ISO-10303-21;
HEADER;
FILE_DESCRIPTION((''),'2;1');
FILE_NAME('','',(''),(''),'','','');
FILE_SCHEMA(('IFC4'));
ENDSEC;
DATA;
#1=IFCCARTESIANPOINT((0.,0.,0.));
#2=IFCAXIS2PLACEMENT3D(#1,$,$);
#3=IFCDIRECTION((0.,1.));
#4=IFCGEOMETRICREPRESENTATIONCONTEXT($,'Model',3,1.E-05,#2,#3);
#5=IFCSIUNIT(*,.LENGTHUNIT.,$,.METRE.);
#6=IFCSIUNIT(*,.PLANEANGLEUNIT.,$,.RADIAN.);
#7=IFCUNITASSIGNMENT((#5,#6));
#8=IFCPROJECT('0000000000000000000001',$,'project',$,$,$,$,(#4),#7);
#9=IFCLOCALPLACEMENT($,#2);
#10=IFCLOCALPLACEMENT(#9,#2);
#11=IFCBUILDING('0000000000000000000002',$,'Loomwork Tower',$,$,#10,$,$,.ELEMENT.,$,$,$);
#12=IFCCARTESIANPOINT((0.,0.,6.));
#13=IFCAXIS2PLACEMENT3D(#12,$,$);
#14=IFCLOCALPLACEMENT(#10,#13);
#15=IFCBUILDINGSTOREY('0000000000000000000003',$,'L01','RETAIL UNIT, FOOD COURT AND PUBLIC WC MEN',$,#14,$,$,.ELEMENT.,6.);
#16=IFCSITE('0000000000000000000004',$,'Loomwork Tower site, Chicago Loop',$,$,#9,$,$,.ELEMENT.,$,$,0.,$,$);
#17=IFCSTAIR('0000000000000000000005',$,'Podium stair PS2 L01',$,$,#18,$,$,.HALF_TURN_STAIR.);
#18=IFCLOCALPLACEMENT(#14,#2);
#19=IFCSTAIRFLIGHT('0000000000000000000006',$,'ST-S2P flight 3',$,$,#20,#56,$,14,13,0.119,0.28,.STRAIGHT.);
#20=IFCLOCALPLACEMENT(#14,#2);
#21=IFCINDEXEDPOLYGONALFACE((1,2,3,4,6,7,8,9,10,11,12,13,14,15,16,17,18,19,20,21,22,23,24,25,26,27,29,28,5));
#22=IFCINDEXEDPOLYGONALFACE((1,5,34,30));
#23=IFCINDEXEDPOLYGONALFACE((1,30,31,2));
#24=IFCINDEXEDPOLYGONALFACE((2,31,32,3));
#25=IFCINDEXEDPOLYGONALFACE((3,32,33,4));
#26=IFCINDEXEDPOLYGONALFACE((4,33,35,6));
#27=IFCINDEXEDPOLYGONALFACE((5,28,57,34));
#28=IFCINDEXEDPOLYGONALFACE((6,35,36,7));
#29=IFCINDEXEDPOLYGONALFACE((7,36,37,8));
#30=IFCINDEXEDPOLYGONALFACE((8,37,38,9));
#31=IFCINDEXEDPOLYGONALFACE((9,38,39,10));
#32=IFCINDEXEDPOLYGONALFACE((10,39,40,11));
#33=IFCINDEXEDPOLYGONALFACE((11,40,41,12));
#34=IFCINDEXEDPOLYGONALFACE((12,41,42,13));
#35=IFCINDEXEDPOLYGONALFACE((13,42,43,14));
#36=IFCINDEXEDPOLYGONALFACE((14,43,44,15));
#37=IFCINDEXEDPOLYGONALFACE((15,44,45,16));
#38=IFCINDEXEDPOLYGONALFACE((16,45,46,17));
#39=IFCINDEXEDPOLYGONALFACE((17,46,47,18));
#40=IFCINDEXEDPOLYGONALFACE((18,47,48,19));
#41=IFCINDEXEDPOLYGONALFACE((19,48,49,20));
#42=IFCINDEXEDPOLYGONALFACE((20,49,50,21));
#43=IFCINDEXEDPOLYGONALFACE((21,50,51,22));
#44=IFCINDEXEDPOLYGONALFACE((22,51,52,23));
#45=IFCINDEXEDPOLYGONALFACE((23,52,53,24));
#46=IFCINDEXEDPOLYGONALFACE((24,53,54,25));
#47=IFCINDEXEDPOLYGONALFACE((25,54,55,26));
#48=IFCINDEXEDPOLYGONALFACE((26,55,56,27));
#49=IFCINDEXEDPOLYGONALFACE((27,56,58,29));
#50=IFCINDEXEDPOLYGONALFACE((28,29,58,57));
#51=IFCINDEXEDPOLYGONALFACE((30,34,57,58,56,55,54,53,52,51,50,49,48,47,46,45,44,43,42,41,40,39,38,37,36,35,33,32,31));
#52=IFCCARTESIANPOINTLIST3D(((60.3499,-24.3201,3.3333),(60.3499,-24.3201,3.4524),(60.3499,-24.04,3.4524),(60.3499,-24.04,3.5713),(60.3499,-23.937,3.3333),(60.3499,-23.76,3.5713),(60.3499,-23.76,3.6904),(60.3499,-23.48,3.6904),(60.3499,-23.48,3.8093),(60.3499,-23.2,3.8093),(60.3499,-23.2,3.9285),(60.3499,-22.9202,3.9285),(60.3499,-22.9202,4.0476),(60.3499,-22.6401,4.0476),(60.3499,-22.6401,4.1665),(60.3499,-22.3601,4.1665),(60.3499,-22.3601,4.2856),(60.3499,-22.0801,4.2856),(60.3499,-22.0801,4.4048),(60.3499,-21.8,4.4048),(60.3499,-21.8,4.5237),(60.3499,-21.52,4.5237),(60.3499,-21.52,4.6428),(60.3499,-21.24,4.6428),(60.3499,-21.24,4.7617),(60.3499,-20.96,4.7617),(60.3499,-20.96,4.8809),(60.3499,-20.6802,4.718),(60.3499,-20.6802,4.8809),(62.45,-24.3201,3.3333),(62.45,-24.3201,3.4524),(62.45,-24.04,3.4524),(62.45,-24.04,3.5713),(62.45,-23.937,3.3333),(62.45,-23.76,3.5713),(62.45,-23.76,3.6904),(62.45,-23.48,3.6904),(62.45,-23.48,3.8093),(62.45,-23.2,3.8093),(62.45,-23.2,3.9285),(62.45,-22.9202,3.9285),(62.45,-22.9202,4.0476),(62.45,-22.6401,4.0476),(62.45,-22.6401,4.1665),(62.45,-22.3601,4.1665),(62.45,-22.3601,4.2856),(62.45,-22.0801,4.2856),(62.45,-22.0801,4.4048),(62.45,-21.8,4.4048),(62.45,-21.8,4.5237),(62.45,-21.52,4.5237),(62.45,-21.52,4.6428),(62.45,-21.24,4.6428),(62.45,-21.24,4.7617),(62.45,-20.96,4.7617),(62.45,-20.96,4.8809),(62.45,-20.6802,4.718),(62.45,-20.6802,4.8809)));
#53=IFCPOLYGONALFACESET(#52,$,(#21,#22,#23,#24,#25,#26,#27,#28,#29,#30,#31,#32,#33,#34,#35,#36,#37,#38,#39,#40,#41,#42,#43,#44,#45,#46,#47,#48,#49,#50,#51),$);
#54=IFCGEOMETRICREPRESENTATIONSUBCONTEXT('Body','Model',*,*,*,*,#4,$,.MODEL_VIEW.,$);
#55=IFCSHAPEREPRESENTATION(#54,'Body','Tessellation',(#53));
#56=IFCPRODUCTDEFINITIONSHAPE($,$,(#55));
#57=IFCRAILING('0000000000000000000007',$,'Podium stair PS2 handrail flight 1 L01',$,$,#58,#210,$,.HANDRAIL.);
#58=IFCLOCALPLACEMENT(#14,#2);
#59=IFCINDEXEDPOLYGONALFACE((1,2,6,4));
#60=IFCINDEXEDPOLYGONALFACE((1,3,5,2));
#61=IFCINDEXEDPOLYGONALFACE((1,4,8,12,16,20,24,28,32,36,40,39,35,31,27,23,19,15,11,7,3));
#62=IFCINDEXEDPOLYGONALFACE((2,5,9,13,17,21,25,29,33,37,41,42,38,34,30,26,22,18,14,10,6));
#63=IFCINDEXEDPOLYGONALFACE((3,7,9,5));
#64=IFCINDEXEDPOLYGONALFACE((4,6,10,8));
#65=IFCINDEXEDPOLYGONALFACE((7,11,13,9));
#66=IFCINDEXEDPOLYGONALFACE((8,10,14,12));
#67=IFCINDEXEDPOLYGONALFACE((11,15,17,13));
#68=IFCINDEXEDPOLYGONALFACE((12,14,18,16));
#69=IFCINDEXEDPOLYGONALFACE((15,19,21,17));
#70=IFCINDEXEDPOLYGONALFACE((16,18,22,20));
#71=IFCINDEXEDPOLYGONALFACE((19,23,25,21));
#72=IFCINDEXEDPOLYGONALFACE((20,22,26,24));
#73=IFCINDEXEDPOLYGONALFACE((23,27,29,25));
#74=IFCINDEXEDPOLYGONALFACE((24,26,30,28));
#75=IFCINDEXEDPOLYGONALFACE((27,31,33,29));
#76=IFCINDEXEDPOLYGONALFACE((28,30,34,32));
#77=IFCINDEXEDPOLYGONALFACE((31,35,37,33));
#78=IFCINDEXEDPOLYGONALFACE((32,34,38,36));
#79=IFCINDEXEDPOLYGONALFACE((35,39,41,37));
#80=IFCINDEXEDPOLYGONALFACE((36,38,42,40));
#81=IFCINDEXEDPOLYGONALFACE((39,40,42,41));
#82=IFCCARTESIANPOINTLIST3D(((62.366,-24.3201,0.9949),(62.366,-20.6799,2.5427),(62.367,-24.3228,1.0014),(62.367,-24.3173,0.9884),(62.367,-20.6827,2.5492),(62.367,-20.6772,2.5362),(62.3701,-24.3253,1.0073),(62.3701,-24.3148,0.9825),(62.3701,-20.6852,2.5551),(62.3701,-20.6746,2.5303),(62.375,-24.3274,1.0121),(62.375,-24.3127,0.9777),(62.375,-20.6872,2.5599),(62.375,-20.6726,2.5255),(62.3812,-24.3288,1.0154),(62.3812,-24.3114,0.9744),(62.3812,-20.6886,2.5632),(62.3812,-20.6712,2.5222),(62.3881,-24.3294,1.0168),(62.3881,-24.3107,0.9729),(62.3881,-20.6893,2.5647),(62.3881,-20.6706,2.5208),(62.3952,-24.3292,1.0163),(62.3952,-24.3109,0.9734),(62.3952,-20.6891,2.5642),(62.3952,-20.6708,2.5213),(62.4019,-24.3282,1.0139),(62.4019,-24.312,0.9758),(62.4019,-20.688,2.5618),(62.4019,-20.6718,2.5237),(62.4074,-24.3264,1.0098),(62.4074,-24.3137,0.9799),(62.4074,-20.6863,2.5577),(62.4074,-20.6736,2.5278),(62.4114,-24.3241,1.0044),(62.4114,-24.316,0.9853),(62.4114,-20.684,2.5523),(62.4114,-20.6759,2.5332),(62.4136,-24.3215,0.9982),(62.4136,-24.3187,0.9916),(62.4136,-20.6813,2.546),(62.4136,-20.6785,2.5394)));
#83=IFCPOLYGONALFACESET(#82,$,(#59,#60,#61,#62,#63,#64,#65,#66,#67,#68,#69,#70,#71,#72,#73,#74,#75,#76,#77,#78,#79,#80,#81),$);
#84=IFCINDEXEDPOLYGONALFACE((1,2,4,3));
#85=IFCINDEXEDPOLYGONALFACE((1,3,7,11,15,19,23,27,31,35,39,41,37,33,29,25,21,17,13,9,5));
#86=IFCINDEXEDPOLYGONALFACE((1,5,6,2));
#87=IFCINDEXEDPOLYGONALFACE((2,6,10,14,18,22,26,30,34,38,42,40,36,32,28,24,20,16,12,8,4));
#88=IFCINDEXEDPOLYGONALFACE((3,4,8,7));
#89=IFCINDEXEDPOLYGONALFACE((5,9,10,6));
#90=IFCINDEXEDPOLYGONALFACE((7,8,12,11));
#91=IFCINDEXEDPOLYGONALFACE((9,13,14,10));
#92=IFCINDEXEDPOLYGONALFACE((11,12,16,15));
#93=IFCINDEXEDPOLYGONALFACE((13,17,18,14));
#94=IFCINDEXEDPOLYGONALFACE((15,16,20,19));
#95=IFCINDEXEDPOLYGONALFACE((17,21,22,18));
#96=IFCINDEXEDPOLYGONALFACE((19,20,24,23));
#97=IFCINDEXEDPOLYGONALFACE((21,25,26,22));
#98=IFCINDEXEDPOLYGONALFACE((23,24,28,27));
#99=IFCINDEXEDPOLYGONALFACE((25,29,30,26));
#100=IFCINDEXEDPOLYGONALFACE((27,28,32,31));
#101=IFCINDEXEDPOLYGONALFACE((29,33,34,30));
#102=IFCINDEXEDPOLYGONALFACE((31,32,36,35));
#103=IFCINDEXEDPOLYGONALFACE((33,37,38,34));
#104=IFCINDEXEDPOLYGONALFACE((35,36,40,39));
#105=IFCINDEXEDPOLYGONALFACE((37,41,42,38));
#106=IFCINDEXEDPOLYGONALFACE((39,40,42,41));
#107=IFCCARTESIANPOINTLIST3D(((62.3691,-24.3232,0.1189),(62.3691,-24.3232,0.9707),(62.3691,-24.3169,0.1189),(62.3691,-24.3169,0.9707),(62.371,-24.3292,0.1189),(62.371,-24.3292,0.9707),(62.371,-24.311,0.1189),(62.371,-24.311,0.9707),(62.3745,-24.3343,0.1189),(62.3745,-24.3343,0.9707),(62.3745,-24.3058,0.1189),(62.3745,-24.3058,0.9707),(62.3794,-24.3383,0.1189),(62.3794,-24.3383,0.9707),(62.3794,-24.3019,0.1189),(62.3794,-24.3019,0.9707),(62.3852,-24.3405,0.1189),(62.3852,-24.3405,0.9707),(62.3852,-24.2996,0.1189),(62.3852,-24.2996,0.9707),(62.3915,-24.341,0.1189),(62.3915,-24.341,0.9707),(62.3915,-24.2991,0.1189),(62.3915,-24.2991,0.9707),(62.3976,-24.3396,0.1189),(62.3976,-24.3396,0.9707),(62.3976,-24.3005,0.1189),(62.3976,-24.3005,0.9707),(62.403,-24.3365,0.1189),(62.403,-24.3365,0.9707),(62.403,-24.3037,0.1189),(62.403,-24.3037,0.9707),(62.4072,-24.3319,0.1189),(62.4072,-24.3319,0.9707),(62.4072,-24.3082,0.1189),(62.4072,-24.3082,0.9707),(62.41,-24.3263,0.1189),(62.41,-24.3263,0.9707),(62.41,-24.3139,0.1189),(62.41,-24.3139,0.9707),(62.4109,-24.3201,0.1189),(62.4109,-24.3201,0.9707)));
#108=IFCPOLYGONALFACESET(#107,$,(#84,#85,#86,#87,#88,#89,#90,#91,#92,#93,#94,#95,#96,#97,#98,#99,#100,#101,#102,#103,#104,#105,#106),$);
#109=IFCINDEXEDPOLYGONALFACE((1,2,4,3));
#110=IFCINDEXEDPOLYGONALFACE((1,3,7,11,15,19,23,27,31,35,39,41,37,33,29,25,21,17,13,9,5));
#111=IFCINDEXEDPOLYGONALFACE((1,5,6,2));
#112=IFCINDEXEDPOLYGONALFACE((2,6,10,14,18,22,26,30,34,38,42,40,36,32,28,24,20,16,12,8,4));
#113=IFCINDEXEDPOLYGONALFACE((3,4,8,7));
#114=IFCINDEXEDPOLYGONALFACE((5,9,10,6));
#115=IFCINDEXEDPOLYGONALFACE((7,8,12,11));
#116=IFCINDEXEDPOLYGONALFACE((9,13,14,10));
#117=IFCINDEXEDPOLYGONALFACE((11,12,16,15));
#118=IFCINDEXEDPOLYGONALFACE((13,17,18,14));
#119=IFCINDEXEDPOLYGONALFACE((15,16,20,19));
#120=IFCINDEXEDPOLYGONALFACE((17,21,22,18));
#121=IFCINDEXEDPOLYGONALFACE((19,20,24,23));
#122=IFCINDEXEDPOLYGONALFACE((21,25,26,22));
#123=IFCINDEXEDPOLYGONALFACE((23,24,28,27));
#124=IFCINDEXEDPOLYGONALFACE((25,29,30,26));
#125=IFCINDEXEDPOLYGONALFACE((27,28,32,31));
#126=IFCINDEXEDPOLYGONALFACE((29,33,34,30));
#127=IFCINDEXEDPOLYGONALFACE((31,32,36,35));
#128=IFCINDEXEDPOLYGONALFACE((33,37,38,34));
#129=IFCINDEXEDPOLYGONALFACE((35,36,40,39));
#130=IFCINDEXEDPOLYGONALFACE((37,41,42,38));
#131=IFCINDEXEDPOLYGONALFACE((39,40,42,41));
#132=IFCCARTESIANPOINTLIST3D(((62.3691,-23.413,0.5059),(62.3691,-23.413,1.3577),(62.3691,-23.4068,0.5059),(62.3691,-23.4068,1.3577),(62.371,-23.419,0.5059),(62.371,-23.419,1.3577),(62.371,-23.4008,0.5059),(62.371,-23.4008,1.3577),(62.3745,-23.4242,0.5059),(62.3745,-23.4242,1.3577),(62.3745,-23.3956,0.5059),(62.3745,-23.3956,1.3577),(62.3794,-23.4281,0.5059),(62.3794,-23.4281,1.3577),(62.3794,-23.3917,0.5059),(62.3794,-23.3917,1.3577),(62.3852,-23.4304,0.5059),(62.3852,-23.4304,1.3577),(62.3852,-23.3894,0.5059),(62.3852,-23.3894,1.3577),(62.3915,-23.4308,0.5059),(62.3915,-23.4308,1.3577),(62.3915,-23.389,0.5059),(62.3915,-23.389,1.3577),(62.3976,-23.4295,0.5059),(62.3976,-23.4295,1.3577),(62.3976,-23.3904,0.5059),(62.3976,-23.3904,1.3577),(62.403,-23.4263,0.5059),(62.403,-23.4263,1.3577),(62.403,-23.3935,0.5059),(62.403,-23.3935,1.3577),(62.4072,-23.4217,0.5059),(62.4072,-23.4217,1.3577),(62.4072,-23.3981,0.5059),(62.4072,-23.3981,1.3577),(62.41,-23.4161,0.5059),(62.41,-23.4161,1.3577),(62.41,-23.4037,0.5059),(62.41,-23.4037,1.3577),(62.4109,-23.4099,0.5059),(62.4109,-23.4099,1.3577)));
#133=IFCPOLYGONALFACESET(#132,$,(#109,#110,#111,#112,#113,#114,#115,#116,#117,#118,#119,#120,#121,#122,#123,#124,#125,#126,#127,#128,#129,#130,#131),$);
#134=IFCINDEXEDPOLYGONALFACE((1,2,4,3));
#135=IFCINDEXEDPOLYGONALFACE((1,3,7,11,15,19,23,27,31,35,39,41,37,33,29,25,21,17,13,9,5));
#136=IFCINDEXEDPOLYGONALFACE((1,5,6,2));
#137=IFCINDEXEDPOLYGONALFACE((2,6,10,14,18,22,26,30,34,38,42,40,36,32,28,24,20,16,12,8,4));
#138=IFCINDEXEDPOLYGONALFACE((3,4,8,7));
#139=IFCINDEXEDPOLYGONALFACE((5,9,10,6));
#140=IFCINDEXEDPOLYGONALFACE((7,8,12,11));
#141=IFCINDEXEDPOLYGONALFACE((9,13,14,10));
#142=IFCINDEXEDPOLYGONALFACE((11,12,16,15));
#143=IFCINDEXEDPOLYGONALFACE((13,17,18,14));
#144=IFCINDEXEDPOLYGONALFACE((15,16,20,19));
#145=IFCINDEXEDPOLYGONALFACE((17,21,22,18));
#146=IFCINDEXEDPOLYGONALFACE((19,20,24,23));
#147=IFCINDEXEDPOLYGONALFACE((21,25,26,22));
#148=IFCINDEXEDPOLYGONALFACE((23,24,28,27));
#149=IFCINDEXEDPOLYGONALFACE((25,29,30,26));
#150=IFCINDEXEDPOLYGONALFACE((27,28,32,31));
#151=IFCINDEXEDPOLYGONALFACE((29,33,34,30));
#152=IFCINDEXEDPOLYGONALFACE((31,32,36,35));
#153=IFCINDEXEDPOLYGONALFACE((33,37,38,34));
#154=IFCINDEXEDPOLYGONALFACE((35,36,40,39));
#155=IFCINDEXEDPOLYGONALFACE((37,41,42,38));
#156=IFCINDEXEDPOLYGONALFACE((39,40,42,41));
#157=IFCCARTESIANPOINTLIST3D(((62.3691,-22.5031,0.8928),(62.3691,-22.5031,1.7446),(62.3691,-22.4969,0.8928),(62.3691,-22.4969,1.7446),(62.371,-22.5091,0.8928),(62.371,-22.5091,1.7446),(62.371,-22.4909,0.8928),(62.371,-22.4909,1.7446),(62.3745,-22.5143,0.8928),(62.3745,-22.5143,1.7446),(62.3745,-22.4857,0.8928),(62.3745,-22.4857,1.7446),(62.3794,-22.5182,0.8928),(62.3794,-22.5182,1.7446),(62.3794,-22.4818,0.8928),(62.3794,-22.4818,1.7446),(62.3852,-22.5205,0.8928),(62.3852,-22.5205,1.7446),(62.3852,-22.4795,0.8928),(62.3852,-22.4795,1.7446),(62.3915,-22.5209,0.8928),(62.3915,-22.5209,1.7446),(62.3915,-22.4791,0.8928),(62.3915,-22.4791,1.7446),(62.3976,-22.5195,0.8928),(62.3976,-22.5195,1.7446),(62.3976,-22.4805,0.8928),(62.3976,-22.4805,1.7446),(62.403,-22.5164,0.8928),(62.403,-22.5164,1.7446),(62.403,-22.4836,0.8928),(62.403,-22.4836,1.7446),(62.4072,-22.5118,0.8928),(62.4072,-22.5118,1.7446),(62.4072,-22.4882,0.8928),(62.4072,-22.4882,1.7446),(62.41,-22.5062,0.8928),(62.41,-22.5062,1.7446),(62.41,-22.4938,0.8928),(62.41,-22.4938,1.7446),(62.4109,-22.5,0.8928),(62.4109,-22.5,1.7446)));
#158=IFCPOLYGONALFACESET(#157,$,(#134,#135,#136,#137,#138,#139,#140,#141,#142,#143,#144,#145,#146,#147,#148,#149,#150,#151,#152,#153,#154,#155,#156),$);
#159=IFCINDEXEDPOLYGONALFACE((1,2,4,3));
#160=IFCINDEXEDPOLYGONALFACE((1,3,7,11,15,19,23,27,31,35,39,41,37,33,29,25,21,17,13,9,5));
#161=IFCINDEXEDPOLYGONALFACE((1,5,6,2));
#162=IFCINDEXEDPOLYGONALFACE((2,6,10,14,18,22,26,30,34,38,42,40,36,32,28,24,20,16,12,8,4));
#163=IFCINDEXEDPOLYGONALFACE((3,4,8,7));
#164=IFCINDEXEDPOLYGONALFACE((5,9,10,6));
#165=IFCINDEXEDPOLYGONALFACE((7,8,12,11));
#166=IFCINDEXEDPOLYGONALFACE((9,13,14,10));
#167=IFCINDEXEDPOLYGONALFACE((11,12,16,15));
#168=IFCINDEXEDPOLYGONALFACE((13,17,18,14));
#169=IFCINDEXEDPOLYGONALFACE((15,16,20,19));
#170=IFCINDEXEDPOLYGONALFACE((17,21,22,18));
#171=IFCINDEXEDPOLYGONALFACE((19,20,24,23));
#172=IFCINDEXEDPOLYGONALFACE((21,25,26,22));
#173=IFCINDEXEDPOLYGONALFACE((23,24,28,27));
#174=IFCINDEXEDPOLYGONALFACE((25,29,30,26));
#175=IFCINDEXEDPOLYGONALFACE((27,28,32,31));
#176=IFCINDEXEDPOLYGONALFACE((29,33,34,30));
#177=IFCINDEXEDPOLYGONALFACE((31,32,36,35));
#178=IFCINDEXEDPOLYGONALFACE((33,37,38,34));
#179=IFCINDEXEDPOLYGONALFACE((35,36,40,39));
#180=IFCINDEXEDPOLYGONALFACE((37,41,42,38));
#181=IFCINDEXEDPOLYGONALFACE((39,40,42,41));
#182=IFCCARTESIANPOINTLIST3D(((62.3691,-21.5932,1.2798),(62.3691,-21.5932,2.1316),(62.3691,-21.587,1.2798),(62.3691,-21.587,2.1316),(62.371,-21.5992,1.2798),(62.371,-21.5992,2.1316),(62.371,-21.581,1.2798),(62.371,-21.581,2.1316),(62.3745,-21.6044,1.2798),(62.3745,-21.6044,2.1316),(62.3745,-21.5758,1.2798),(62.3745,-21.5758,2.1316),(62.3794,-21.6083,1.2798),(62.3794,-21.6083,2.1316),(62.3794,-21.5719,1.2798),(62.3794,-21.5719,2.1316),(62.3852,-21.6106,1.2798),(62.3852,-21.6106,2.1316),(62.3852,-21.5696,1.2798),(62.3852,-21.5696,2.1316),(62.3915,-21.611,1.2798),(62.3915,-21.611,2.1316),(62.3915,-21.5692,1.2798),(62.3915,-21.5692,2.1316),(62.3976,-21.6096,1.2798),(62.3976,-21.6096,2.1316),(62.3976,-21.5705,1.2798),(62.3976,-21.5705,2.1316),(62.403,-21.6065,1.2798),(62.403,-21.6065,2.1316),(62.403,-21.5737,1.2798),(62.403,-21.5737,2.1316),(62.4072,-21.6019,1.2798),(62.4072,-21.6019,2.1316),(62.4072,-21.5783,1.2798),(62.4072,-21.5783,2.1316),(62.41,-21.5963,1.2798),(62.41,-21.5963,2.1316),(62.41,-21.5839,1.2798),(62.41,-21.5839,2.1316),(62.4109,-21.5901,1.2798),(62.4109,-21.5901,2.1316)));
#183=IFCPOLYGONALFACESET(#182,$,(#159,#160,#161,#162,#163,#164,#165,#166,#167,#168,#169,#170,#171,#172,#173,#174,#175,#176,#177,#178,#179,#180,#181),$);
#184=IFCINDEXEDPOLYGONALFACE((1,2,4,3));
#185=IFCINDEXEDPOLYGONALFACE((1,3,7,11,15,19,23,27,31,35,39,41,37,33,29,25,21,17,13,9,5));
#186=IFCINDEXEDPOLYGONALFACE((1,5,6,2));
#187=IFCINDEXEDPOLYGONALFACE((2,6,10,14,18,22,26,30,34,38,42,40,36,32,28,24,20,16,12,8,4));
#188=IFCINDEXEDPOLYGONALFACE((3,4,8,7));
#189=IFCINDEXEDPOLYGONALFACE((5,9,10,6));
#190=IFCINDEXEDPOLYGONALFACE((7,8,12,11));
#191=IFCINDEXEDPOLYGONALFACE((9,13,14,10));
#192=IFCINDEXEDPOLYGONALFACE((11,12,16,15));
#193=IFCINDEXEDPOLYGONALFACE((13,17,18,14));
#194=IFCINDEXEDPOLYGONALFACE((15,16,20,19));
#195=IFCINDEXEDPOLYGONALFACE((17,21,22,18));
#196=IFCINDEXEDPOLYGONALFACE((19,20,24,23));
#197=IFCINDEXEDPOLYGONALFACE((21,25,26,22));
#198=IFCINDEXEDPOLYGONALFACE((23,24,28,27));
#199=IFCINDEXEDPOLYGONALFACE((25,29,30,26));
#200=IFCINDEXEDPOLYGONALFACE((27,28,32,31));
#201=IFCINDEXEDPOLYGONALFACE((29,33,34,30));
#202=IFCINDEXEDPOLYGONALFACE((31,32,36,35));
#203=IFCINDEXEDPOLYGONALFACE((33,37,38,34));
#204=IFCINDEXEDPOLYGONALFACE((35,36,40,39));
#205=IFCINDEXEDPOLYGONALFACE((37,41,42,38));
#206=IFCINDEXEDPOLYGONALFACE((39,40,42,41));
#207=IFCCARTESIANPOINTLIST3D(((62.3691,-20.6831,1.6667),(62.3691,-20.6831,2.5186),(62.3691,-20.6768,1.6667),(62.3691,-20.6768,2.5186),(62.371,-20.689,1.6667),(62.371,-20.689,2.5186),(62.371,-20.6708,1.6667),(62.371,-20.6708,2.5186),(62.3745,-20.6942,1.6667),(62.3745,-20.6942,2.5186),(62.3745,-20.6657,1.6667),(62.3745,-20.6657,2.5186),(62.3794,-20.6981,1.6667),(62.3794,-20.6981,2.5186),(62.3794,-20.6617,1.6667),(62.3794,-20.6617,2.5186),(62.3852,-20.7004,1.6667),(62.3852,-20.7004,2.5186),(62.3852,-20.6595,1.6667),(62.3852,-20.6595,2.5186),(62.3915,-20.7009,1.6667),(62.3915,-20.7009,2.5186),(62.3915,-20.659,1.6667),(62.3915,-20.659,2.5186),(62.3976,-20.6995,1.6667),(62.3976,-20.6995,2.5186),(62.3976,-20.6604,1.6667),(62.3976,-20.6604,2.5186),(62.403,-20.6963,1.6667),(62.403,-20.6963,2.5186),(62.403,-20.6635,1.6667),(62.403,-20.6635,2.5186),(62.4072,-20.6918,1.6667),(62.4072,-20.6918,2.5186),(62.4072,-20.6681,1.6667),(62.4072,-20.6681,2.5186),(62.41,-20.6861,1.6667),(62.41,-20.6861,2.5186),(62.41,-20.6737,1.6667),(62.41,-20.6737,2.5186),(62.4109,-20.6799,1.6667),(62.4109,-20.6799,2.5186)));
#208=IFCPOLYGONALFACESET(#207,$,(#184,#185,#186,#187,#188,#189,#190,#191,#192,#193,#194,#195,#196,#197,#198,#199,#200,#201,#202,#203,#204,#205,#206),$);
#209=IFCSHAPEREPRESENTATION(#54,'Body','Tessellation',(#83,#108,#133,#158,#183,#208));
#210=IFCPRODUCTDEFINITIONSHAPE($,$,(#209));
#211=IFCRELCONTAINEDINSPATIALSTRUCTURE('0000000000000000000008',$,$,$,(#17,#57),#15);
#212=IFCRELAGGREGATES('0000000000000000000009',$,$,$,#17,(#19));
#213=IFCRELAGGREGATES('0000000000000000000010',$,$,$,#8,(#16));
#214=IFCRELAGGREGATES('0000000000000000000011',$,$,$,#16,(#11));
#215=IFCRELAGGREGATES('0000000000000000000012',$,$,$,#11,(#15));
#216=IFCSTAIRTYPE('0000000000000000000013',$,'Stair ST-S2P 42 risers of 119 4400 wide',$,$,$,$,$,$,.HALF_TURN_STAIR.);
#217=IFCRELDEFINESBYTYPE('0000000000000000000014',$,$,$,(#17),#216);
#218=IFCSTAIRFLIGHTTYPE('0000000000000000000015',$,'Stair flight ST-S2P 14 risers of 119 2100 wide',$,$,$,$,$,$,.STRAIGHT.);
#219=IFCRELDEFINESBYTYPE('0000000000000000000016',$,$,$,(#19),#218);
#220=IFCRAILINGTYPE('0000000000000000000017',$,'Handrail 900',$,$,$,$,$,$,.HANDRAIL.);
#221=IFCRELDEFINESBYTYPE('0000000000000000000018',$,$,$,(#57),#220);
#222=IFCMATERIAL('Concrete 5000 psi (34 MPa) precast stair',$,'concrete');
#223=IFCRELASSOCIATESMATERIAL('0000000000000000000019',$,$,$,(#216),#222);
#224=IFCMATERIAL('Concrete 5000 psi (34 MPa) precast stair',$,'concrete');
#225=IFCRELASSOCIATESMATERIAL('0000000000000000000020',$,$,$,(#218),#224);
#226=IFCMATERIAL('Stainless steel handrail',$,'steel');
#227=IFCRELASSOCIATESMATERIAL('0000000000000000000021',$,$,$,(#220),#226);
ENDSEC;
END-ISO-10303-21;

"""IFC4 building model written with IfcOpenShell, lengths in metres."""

from ifc_helpers import new_model, si_unit, direction, frame, origin, origin_2d, place, context, subcontext, project, spatial, polyline, circle, outline, extrude, material, type_object, element, aggregate, save


model = new_model("IFC4")

# Units and contexts
model_context = context("Model", 3, precision=1e-05, world=origin(), true_north=direction((0.0, 1.0)))
body_context = subcontext(model_context, "Body", "Model", "MODEL_VIEW")
ifc_project = project(units=[si_unit("LENGTHUNIT", "METRE"), si_unit("PLANEANGLEUNIT", "RADIAN")], contexts=[model_context])

# Site, building, storey
site_placement = place(None, origin())
site = spatial("IfcSite", under=ifc_project, at=site_placement, Name="Loomwork Tower site, Chicago Loop", CompositionType="ELEMENT", RefElevation=0.0)
building_placement = place(site_placement, origin())
building = spatial("IfcBuilding", under=site, at=building_placement, Name="Loomwork Tower", CompositionType="ELEMENT")
storey_placement = place(building_placement, frame((0.0, 0.0, 6.0)))
storey = spatial("IfcBuildingStorey", under=building, at=storey_placement, Name="L01", Description="RETAIL UNIT, FOOD COURT AND PUBLIC WC MEN", CompositionType="ELEMENT", Elevation=6.0)

# Stair, stair flight
ifc_material_1 = material(Name="Concrete 5000 psi (34 MPa) precast stair", Category="concrete")
stair_type = type_object("IfcStairType", Name="Stair ST-S2P 42 risers of 119 4400 wide", PredefinedType="HALF_TURN_STAIR", material=ifc_material_1)
stair_placement = place(storey_placement, origin())
stair = element("IfcStair", 1, at=stair_placement, inside=storey, type_object=stair_type, Name="Podium stair PS2 L01", PredefinedType="HALF_TURN_STAIR")
ifc_material_2 = material(Name="Concrete 5000 psi (34 MPa) precast stair", Category="concrete")
stair_flight_type = type_object("IfcStairFlightType", Name="Stair flight ST-S2P 14 risers of 119 2100 wide", PredefinedType="STRAIGHT", material=ifc_material_2)
stair_flight_1_placement = place(storey_placement, frame((61.3999, -24.3201, 3.3333), z_axis=(0.0, 0.0, 1.0), x_axis=(0.0, 1.0, 0.0)))
stair_flight_1 = element("IfcStairFlight", 2, at=stair_flight_1_placement, type_object=stair_flight_type, Name="ST-S2P flight 3", NumberOfRisers=14, NumberOfTreads=13, PredefinedType="STRAIGHT", RiserHeight=0.119, TreadLength=0.28, context=body_context, shape_type="SweptSolid", body=[
    extrude(outline(polyline([(0.0, 0.0), (0.0, 0.1191), (0.28, 0.1191), (0.28, 0.238), (0.5601, 0.238), (0.5601, 0.3572), (0.8401, 0.3572), (0.8401, 0.4761), (1.1201, 0.4761), (1.1201, 0.5952), (1.3999, 0.5952), (1.3999, 0.7144), (1.6799, 0.7144), (1.6799, 0.8333), (1.96, 0.8333), (1.96, 0.9524), (2.24, 0.9524), (2.24, 1.0715), (2.52, 1.0715), (2.52, 1.1904), (2.8, 1.1904), (2.8, 1.3096), (3.0801, 1.3096), (3.0801, 1.4285), (3.3601, 1.4285), (3.3601, 1.5476), (3.6399, 1.5476), (3.6399, 1.6667), (3.6399, 1.3848), (0.3831, 0.0), (0.0, 0.0)])), frame((0.0, 1.05, 0.0), z_axis=(0.0, -1.0, 0.0), x_axis=(1.0, 0.0, 0.0)), (0.0, 0.0, 1.0), 2.1001),
])
aggregate(stair, [stair_flight_1])

# Railing
ifc_material_3 = material(Name="Stainless steel handrail", Category="steel")
railing_type = type_object("IfcRailingType", Name="Handrail 900", PredefinedType="HANDRAIL", material=ifc_material_3)
railing_1_placement = place(storey_placement, frame((62.3899, -24.3201, 0.1189)))
element("IfcRailing", 3, at=railing_1_placement, inside=storey, type_object=railing_type, Name="Podium stair PS2 handrail flight 1 L01", PredefinedType="HANDRAIL", context=body_context, shape_type="SweptSolid", body=[
    extrude(circle(Radius=0.0239, at=origin_2d()), frame((0.0, 0.0, 0.876), z_axis=(0.0, 0.920259, 0.391311), x_axis=(-1.0, 0.0, 0.0)), (0.0, 0.0, 1.0), 3.9556),
    extrude(circle(Radius=0.021, at=origin_2d()), origin(), (0.0, 0.0, 1.0), 0.8518),
    extrude(circle(Radius=0.021, at=origin_2d()), frame((0.0, 0.9102, 0.387)), (0.0, 0.0, 1.0), 0.8518),
    extrude(circle(Radius=0.021, at=origin_2d()), frame((0.0, 1.8201, 0.7739)), (0.0, 0.0, 1.0), 0.8518),
    extrude(circle(Radius=0.021, at=origin_2d()), frame((0.0, 2.73, 1.1609)), (0.0, 0.0, 1.0), 0.8518),
    extrude(circle(Radius=0.021, at=origin_2d()), frame((0.0, 3.6401, 1.5479)), (0.0, 0.0, 1.0), 0.8518),
])

save(model, "model.ifc")
